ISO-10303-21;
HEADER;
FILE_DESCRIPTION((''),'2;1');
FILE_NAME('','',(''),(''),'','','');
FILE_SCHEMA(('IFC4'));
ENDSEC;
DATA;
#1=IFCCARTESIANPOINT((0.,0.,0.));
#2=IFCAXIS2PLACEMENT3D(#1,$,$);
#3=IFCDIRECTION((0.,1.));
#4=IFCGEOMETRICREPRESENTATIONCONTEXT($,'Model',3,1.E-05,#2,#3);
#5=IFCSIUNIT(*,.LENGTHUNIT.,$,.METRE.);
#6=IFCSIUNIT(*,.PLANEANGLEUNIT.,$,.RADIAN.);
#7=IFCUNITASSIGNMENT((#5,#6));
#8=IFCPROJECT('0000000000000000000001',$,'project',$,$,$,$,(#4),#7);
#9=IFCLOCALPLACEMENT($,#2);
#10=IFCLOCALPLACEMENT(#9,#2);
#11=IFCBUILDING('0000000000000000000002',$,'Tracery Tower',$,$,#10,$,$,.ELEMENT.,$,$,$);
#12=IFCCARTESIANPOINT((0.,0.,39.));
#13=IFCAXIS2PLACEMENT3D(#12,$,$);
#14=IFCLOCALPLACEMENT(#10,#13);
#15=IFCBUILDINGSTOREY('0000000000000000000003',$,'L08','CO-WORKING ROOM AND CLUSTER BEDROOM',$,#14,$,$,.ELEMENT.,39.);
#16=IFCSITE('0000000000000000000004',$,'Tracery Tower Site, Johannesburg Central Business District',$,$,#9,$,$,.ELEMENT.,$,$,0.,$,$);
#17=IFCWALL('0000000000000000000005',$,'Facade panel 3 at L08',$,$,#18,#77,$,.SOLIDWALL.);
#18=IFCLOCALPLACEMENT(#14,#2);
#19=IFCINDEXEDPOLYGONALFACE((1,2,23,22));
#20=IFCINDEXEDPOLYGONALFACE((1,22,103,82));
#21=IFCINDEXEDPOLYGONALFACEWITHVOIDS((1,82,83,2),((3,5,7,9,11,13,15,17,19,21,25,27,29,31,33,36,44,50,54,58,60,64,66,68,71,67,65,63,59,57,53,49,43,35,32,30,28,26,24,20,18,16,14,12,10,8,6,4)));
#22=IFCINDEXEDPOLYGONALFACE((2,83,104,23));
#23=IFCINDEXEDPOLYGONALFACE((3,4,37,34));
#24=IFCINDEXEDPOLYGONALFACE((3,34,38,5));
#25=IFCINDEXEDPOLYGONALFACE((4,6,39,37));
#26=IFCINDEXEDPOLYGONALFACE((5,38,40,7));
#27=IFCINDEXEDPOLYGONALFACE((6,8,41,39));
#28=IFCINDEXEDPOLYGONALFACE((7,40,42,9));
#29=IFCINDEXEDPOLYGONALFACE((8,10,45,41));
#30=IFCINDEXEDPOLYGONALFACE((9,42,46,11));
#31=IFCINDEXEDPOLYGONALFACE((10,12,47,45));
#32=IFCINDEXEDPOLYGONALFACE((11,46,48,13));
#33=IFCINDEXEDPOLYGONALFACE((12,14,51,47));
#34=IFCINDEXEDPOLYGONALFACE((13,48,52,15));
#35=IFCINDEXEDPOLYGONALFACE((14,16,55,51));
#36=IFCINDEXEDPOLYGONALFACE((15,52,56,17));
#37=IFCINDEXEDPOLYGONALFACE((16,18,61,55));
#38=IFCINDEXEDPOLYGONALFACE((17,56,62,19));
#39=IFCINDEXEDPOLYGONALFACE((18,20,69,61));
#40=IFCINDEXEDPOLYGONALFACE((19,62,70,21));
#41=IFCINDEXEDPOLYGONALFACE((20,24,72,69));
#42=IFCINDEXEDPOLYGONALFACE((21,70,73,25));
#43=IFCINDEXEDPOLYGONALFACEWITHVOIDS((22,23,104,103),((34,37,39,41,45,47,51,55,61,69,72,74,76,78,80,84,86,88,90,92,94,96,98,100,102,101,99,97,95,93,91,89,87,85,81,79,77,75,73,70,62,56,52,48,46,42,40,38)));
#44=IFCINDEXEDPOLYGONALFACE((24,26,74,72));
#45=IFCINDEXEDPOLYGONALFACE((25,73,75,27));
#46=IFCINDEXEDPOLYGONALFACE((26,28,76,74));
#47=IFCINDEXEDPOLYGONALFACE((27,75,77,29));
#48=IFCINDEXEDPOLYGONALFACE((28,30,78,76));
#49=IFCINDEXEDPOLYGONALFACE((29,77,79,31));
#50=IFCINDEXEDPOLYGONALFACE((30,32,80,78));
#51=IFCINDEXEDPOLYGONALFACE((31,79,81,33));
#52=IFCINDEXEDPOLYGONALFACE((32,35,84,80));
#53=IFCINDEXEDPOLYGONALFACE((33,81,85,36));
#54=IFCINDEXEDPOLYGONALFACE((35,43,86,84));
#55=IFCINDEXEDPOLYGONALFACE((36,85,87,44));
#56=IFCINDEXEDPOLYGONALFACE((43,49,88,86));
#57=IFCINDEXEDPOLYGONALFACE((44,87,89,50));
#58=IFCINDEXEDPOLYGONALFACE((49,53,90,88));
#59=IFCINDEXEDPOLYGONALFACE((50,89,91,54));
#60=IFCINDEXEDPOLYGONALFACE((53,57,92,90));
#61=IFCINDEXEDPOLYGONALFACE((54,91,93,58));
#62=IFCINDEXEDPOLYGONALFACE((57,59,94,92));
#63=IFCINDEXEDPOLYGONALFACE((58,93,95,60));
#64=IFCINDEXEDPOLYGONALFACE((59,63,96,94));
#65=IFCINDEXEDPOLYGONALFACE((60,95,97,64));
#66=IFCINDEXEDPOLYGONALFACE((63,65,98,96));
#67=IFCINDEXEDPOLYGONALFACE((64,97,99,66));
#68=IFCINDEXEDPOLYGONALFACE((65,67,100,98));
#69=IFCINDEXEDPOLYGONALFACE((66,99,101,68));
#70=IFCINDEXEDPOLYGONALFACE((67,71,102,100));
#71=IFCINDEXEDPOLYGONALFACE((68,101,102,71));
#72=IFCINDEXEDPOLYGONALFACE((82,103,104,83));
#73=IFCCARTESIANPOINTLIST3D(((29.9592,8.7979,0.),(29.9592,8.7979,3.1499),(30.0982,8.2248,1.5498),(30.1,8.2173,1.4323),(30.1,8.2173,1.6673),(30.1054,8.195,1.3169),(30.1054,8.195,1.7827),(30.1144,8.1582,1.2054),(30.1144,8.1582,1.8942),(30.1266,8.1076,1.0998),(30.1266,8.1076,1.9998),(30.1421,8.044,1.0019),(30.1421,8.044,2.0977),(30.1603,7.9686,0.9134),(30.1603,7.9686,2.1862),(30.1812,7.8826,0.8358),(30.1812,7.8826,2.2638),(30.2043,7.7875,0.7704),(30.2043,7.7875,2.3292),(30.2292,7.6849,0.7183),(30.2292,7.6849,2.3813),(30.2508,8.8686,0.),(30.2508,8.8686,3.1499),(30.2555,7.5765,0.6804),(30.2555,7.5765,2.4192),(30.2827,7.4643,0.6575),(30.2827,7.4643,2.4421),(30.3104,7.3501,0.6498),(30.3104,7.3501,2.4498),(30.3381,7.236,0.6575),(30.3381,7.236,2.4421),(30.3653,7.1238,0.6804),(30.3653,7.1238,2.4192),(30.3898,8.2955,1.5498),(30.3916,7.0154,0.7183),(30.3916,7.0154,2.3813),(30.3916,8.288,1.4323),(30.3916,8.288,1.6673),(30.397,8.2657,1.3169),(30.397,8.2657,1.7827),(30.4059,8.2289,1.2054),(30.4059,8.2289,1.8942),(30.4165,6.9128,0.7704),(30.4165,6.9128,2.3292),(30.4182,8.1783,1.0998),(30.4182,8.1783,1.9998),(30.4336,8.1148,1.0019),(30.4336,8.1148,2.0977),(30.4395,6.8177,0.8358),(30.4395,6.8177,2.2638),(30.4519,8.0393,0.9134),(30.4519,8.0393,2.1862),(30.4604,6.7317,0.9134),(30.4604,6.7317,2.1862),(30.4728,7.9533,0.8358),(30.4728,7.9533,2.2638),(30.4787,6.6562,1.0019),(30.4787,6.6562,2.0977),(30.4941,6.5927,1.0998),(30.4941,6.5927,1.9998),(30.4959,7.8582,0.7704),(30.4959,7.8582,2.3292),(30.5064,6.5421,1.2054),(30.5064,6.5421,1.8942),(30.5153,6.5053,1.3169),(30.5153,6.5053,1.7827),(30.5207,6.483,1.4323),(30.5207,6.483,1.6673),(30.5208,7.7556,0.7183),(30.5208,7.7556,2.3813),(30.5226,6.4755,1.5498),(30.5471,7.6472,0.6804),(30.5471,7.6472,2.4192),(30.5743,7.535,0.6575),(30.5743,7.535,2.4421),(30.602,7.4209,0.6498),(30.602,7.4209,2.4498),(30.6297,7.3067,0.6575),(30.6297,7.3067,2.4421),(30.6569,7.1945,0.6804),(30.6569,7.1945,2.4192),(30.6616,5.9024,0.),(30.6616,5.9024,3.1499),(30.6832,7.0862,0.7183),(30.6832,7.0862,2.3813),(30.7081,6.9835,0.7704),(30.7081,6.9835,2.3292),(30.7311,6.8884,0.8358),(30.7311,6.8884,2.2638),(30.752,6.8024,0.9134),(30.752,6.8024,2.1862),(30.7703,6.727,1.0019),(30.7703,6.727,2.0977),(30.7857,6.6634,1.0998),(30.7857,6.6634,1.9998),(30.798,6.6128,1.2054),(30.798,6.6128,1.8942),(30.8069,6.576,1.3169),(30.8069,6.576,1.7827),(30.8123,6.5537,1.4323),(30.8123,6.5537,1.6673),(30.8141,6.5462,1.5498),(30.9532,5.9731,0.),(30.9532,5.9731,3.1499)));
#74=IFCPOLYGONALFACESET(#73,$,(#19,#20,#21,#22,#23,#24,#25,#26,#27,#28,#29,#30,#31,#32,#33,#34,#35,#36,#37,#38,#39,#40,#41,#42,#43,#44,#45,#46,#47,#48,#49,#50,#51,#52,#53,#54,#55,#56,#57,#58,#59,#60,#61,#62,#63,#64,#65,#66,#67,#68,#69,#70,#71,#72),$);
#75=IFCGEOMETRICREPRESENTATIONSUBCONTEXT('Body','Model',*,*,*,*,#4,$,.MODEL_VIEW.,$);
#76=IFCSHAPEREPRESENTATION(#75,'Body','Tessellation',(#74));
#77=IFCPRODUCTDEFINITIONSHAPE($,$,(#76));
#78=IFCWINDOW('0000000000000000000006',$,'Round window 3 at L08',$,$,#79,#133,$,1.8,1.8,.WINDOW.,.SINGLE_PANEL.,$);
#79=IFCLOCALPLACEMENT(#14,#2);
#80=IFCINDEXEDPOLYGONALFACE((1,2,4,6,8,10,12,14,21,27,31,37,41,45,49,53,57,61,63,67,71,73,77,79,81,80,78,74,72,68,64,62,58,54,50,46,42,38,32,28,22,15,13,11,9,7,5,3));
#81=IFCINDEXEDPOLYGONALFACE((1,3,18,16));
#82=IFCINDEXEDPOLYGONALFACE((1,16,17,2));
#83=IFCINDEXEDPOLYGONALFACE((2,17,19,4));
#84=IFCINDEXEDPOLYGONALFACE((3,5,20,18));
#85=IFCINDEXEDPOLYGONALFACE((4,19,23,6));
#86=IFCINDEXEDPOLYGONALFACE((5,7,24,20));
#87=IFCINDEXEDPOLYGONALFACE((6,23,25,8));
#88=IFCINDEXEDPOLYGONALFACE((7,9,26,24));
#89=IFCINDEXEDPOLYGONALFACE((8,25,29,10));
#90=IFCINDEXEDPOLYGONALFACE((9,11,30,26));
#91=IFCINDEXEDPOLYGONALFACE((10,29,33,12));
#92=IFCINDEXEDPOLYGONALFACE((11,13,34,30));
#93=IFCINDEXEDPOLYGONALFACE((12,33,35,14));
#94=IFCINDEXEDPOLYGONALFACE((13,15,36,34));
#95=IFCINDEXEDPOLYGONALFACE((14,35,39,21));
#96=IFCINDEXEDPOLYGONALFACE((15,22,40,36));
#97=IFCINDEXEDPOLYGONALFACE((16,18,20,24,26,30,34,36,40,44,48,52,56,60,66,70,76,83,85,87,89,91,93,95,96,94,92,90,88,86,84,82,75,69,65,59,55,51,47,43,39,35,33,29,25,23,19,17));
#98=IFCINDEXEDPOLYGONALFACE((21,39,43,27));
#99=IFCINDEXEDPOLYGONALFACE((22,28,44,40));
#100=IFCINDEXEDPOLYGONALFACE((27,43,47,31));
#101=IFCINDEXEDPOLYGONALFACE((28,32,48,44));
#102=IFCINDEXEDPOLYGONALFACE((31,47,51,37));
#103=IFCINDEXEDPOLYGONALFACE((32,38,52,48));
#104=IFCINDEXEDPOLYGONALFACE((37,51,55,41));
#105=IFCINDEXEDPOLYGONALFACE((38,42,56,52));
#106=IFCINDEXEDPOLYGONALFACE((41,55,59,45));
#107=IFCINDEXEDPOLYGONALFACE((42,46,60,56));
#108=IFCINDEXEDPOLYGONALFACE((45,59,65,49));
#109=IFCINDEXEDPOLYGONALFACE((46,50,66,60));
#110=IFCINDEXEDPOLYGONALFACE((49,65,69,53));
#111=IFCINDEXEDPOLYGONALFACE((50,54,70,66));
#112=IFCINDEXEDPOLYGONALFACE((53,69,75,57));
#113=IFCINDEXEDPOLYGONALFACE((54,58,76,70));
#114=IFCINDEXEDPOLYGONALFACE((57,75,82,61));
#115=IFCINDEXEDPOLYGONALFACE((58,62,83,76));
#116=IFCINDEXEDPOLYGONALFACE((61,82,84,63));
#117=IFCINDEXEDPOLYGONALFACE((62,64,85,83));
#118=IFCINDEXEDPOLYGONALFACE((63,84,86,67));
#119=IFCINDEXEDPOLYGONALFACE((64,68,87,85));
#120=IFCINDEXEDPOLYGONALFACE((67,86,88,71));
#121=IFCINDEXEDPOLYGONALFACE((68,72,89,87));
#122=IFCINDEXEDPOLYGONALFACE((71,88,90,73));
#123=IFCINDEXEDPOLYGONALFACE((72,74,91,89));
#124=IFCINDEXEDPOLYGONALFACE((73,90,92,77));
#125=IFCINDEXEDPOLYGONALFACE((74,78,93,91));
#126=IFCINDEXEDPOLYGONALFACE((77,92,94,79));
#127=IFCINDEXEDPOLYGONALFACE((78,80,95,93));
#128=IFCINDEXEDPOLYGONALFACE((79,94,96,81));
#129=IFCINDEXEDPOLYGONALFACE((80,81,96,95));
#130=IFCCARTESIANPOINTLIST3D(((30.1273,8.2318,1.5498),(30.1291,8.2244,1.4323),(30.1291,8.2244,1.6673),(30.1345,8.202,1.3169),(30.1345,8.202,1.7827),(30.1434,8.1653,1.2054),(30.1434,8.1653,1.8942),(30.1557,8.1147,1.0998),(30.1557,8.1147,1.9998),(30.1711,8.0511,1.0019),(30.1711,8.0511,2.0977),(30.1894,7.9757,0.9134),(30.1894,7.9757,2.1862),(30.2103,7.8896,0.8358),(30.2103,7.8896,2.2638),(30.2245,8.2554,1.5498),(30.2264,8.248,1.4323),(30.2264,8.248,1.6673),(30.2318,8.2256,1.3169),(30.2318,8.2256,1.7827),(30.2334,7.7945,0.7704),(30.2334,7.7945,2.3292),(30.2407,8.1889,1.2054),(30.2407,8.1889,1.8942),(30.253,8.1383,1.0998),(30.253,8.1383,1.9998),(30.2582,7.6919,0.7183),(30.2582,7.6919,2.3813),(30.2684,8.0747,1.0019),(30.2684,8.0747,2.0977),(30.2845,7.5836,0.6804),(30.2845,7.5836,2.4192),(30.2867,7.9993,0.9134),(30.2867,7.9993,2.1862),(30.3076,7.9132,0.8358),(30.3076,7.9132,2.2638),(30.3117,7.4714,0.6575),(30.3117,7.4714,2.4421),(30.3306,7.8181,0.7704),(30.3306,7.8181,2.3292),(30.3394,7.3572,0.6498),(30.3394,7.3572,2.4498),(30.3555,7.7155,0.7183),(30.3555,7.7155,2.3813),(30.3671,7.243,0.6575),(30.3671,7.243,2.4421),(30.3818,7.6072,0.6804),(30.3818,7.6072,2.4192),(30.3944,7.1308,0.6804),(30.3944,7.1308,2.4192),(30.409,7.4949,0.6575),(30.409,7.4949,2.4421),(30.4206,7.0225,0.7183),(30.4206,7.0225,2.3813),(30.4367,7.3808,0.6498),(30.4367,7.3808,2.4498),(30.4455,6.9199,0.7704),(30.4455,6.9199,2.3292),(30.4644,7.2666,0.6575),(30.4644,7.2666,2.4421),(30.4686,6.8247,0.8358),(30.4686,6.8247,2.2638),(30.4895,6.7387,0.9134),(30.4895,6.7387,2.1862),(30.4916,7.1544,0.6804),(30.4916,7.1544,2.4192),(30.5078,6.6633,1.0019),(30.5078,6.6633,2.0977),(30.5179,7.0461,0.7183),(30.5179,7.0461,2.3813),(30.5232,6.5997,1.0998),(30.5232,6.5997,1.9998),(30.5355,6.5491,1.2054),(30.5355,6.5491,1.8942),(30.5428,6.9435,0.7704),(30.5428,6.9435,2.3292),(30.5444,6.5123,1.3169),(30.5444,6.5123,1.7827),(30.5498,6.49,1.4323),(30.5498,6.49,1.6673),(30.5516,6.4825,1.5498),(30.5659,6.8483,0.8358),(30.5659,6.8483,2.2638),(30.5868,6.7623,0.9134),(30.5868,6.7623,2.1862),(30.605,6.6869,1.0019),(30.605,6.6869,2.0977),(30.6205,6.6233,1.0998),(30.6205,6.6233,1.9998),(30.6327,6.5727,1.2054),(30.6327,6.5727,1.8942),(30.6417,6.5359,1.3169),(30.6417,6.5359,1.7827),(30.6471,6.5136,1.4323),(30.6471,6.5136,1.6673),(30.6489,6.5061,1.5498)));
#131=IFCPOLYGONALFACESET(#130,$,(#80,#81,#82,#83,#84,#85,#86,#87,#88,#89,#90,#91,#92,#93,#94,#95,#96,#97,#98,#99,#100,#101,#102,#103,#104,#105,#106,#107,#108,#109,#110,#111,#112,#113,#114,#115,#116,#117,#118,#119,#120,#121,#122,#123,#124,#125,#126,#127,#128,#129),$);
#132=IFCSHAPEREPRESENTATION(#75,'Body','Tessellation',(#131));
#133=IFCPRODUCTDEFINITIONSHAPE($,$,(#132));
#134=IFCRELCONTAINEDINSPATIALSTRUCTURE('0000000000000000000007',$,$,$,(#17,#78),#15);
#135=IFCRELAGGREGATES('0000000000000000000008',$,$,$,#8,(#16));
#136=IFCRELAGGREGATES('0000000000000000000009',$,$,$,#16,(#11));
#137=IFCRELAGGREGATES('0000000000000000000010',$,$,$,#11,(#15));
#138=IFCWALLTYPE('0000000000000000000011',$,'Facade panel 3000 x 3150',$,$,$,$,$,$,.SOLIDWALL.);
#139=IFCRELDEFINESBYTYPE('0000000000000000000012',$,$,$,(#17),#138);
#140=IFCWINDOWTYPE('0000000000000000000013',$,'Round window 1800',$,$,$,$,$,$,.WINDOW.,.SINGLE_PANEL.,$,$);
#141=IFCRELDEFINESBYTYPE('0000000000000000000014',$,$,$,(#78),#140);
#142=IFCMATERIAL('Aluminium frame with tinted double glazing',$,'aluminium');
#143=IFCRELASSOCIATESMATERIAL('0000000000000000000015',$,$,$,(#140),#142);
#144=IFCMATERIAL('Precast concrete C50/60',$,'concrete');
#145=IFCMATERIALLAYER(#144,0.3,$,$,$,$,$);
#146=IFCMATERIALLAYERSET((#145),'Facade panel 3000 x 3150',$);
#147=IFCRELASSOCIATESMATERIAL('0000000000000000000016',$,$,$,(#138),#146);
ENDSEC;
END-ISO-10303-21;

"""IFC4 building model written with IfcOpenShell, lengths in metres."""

from ifc_helpers import new_model, si_unit, direction, frame, frame_2d, origin, origin_2d, place, context, subcontext, project, spatial, rectangle, circle, extrude, material, layer, layer_set, type_object, element, fill, save


model = new_model("IFC4")

# Units and contexts
model_context = context("Model", 3, precision=1e-05, world=origin(), true_north=direction((0.0, 1.0)))
body_context = subcontext(model_context, "Body", "Model", "MODEL_VIEW")
ifc_project = project(units=[si_unit("LENGTHUNIT", "METRE"), si_unit("PLANEANGLEUNIT", "RADIAN")], contexts=[model_context])

# Site, building, storey
site_placement = place(None, origin())
site = spatial("IfcSite", under=ifc_project, at=site_placement, Name="Tracery Tower Site, Johannesburg Central Business District", CompositionType="ELEMENT", RefElevation=0.0)
building_placement = place(site_placement, origin())
building = spatial("IfcBuilding", under=site, at=building_placement, Name="Tracery Tower", CompositionType="ELEMENT")
storey_placement = place(building_placement, frame((0.0, 0.0, 39.0)))
storey = spatial("IfcBuildingStorey", under=building, at=storey_placement, Name="L08", Description="CO-WORKING ROOM AND CLUSTER BEDROOM", CompositionType="ELEMENT", Elevation=39.0)

# Wall, opening, window
ifc_material_1 = material(Name="Aluminium frame with tinted double glazing", Category="aluminium")
window_type = type_object("IfcWindowType", Name="Round window 1800", PartitioningType="SINGLE_PANEL", PredefinedType="WINDOW", material=ifc_material_1)
ifc_material_2 = material(Name="Precast concrete C50/60", Category="concrete")
ifc_layer_1 = layer(ifc_material_2, 0.3)
ifc_layer_set_1 = layer_set([ifc_layer_1], Name="Facade panel 3000 x 3150")
wall_type_1 = type_object("IfcWallType", Name="Facade panel 3000 x 3150", PredefinedType="SOLIDWALL", material=ifc_layer_set_1)
wall_1_placement = place(storey_placement, frame((30.8074, 5.9377, 0.0), z_axis=(0.0, 0.0, 1.0), x_axis=(-0.235743, 0.971815, 0.0)))
wall_1 = element("IfcWall", 1, at=wall_1_placement, inside=storey, type_object=wall_type_1, Name="Facade panel 3 at L08", PredefinedType="SOLIDWALL", context=body_context, shape_type="SweptSolid", body=[
    extrude(rectangle(XDim=2.9795, YDim=0.3, at=frame_2d((1.4897, 0.0))), origin(), (0.0, 0.0, 1.0), 3.1499),
])
opening_1_placement = place(wall_1_placement, frame((1.4897, 0.0, 1.5498)))
opening_1 = element("IfcOpeningElement", 2, at=opening_1_placement, cuts=wall_1, PredefinedType="OPENING", context=body_context, shape_type="SweptSolid", body=[
    extrude(circle(Radius=0.9, at=origin_2d()), frame((0.0, 0.1599, 0.0), z_axis=(0.0, -1.0, 0.0), x_axis=(1.0, 0.0, 0.0)), (0.0, 0.0, 1.0), 0.3201),
])
window_1_placement = place(opening_1_placement, origin())
window_1 = element("IfcWindow", 3, at=window_1_placement, inside=storey, type_object=window_type, Name="Round window 3 at L08", OverallHeight=1.8, OverallWidth=1.8, PartitioningType="SINGLE_PANEL", PredefinedType="WINDOW", context=body_context, shape_type="SweptSolid", body=[
    extrude(circle(Radius=0.9, at=origin_2d()), frame((0.0, 0.1201, 0.0), z_axis=(0.0, -1.0, 0.0), x_axis=(1.0, 0.0, 0.0)), (0.0, 0.0, 1.0), 0.1001),
])
fill(opening_1, window_1)

save(model, "model.ifc")
